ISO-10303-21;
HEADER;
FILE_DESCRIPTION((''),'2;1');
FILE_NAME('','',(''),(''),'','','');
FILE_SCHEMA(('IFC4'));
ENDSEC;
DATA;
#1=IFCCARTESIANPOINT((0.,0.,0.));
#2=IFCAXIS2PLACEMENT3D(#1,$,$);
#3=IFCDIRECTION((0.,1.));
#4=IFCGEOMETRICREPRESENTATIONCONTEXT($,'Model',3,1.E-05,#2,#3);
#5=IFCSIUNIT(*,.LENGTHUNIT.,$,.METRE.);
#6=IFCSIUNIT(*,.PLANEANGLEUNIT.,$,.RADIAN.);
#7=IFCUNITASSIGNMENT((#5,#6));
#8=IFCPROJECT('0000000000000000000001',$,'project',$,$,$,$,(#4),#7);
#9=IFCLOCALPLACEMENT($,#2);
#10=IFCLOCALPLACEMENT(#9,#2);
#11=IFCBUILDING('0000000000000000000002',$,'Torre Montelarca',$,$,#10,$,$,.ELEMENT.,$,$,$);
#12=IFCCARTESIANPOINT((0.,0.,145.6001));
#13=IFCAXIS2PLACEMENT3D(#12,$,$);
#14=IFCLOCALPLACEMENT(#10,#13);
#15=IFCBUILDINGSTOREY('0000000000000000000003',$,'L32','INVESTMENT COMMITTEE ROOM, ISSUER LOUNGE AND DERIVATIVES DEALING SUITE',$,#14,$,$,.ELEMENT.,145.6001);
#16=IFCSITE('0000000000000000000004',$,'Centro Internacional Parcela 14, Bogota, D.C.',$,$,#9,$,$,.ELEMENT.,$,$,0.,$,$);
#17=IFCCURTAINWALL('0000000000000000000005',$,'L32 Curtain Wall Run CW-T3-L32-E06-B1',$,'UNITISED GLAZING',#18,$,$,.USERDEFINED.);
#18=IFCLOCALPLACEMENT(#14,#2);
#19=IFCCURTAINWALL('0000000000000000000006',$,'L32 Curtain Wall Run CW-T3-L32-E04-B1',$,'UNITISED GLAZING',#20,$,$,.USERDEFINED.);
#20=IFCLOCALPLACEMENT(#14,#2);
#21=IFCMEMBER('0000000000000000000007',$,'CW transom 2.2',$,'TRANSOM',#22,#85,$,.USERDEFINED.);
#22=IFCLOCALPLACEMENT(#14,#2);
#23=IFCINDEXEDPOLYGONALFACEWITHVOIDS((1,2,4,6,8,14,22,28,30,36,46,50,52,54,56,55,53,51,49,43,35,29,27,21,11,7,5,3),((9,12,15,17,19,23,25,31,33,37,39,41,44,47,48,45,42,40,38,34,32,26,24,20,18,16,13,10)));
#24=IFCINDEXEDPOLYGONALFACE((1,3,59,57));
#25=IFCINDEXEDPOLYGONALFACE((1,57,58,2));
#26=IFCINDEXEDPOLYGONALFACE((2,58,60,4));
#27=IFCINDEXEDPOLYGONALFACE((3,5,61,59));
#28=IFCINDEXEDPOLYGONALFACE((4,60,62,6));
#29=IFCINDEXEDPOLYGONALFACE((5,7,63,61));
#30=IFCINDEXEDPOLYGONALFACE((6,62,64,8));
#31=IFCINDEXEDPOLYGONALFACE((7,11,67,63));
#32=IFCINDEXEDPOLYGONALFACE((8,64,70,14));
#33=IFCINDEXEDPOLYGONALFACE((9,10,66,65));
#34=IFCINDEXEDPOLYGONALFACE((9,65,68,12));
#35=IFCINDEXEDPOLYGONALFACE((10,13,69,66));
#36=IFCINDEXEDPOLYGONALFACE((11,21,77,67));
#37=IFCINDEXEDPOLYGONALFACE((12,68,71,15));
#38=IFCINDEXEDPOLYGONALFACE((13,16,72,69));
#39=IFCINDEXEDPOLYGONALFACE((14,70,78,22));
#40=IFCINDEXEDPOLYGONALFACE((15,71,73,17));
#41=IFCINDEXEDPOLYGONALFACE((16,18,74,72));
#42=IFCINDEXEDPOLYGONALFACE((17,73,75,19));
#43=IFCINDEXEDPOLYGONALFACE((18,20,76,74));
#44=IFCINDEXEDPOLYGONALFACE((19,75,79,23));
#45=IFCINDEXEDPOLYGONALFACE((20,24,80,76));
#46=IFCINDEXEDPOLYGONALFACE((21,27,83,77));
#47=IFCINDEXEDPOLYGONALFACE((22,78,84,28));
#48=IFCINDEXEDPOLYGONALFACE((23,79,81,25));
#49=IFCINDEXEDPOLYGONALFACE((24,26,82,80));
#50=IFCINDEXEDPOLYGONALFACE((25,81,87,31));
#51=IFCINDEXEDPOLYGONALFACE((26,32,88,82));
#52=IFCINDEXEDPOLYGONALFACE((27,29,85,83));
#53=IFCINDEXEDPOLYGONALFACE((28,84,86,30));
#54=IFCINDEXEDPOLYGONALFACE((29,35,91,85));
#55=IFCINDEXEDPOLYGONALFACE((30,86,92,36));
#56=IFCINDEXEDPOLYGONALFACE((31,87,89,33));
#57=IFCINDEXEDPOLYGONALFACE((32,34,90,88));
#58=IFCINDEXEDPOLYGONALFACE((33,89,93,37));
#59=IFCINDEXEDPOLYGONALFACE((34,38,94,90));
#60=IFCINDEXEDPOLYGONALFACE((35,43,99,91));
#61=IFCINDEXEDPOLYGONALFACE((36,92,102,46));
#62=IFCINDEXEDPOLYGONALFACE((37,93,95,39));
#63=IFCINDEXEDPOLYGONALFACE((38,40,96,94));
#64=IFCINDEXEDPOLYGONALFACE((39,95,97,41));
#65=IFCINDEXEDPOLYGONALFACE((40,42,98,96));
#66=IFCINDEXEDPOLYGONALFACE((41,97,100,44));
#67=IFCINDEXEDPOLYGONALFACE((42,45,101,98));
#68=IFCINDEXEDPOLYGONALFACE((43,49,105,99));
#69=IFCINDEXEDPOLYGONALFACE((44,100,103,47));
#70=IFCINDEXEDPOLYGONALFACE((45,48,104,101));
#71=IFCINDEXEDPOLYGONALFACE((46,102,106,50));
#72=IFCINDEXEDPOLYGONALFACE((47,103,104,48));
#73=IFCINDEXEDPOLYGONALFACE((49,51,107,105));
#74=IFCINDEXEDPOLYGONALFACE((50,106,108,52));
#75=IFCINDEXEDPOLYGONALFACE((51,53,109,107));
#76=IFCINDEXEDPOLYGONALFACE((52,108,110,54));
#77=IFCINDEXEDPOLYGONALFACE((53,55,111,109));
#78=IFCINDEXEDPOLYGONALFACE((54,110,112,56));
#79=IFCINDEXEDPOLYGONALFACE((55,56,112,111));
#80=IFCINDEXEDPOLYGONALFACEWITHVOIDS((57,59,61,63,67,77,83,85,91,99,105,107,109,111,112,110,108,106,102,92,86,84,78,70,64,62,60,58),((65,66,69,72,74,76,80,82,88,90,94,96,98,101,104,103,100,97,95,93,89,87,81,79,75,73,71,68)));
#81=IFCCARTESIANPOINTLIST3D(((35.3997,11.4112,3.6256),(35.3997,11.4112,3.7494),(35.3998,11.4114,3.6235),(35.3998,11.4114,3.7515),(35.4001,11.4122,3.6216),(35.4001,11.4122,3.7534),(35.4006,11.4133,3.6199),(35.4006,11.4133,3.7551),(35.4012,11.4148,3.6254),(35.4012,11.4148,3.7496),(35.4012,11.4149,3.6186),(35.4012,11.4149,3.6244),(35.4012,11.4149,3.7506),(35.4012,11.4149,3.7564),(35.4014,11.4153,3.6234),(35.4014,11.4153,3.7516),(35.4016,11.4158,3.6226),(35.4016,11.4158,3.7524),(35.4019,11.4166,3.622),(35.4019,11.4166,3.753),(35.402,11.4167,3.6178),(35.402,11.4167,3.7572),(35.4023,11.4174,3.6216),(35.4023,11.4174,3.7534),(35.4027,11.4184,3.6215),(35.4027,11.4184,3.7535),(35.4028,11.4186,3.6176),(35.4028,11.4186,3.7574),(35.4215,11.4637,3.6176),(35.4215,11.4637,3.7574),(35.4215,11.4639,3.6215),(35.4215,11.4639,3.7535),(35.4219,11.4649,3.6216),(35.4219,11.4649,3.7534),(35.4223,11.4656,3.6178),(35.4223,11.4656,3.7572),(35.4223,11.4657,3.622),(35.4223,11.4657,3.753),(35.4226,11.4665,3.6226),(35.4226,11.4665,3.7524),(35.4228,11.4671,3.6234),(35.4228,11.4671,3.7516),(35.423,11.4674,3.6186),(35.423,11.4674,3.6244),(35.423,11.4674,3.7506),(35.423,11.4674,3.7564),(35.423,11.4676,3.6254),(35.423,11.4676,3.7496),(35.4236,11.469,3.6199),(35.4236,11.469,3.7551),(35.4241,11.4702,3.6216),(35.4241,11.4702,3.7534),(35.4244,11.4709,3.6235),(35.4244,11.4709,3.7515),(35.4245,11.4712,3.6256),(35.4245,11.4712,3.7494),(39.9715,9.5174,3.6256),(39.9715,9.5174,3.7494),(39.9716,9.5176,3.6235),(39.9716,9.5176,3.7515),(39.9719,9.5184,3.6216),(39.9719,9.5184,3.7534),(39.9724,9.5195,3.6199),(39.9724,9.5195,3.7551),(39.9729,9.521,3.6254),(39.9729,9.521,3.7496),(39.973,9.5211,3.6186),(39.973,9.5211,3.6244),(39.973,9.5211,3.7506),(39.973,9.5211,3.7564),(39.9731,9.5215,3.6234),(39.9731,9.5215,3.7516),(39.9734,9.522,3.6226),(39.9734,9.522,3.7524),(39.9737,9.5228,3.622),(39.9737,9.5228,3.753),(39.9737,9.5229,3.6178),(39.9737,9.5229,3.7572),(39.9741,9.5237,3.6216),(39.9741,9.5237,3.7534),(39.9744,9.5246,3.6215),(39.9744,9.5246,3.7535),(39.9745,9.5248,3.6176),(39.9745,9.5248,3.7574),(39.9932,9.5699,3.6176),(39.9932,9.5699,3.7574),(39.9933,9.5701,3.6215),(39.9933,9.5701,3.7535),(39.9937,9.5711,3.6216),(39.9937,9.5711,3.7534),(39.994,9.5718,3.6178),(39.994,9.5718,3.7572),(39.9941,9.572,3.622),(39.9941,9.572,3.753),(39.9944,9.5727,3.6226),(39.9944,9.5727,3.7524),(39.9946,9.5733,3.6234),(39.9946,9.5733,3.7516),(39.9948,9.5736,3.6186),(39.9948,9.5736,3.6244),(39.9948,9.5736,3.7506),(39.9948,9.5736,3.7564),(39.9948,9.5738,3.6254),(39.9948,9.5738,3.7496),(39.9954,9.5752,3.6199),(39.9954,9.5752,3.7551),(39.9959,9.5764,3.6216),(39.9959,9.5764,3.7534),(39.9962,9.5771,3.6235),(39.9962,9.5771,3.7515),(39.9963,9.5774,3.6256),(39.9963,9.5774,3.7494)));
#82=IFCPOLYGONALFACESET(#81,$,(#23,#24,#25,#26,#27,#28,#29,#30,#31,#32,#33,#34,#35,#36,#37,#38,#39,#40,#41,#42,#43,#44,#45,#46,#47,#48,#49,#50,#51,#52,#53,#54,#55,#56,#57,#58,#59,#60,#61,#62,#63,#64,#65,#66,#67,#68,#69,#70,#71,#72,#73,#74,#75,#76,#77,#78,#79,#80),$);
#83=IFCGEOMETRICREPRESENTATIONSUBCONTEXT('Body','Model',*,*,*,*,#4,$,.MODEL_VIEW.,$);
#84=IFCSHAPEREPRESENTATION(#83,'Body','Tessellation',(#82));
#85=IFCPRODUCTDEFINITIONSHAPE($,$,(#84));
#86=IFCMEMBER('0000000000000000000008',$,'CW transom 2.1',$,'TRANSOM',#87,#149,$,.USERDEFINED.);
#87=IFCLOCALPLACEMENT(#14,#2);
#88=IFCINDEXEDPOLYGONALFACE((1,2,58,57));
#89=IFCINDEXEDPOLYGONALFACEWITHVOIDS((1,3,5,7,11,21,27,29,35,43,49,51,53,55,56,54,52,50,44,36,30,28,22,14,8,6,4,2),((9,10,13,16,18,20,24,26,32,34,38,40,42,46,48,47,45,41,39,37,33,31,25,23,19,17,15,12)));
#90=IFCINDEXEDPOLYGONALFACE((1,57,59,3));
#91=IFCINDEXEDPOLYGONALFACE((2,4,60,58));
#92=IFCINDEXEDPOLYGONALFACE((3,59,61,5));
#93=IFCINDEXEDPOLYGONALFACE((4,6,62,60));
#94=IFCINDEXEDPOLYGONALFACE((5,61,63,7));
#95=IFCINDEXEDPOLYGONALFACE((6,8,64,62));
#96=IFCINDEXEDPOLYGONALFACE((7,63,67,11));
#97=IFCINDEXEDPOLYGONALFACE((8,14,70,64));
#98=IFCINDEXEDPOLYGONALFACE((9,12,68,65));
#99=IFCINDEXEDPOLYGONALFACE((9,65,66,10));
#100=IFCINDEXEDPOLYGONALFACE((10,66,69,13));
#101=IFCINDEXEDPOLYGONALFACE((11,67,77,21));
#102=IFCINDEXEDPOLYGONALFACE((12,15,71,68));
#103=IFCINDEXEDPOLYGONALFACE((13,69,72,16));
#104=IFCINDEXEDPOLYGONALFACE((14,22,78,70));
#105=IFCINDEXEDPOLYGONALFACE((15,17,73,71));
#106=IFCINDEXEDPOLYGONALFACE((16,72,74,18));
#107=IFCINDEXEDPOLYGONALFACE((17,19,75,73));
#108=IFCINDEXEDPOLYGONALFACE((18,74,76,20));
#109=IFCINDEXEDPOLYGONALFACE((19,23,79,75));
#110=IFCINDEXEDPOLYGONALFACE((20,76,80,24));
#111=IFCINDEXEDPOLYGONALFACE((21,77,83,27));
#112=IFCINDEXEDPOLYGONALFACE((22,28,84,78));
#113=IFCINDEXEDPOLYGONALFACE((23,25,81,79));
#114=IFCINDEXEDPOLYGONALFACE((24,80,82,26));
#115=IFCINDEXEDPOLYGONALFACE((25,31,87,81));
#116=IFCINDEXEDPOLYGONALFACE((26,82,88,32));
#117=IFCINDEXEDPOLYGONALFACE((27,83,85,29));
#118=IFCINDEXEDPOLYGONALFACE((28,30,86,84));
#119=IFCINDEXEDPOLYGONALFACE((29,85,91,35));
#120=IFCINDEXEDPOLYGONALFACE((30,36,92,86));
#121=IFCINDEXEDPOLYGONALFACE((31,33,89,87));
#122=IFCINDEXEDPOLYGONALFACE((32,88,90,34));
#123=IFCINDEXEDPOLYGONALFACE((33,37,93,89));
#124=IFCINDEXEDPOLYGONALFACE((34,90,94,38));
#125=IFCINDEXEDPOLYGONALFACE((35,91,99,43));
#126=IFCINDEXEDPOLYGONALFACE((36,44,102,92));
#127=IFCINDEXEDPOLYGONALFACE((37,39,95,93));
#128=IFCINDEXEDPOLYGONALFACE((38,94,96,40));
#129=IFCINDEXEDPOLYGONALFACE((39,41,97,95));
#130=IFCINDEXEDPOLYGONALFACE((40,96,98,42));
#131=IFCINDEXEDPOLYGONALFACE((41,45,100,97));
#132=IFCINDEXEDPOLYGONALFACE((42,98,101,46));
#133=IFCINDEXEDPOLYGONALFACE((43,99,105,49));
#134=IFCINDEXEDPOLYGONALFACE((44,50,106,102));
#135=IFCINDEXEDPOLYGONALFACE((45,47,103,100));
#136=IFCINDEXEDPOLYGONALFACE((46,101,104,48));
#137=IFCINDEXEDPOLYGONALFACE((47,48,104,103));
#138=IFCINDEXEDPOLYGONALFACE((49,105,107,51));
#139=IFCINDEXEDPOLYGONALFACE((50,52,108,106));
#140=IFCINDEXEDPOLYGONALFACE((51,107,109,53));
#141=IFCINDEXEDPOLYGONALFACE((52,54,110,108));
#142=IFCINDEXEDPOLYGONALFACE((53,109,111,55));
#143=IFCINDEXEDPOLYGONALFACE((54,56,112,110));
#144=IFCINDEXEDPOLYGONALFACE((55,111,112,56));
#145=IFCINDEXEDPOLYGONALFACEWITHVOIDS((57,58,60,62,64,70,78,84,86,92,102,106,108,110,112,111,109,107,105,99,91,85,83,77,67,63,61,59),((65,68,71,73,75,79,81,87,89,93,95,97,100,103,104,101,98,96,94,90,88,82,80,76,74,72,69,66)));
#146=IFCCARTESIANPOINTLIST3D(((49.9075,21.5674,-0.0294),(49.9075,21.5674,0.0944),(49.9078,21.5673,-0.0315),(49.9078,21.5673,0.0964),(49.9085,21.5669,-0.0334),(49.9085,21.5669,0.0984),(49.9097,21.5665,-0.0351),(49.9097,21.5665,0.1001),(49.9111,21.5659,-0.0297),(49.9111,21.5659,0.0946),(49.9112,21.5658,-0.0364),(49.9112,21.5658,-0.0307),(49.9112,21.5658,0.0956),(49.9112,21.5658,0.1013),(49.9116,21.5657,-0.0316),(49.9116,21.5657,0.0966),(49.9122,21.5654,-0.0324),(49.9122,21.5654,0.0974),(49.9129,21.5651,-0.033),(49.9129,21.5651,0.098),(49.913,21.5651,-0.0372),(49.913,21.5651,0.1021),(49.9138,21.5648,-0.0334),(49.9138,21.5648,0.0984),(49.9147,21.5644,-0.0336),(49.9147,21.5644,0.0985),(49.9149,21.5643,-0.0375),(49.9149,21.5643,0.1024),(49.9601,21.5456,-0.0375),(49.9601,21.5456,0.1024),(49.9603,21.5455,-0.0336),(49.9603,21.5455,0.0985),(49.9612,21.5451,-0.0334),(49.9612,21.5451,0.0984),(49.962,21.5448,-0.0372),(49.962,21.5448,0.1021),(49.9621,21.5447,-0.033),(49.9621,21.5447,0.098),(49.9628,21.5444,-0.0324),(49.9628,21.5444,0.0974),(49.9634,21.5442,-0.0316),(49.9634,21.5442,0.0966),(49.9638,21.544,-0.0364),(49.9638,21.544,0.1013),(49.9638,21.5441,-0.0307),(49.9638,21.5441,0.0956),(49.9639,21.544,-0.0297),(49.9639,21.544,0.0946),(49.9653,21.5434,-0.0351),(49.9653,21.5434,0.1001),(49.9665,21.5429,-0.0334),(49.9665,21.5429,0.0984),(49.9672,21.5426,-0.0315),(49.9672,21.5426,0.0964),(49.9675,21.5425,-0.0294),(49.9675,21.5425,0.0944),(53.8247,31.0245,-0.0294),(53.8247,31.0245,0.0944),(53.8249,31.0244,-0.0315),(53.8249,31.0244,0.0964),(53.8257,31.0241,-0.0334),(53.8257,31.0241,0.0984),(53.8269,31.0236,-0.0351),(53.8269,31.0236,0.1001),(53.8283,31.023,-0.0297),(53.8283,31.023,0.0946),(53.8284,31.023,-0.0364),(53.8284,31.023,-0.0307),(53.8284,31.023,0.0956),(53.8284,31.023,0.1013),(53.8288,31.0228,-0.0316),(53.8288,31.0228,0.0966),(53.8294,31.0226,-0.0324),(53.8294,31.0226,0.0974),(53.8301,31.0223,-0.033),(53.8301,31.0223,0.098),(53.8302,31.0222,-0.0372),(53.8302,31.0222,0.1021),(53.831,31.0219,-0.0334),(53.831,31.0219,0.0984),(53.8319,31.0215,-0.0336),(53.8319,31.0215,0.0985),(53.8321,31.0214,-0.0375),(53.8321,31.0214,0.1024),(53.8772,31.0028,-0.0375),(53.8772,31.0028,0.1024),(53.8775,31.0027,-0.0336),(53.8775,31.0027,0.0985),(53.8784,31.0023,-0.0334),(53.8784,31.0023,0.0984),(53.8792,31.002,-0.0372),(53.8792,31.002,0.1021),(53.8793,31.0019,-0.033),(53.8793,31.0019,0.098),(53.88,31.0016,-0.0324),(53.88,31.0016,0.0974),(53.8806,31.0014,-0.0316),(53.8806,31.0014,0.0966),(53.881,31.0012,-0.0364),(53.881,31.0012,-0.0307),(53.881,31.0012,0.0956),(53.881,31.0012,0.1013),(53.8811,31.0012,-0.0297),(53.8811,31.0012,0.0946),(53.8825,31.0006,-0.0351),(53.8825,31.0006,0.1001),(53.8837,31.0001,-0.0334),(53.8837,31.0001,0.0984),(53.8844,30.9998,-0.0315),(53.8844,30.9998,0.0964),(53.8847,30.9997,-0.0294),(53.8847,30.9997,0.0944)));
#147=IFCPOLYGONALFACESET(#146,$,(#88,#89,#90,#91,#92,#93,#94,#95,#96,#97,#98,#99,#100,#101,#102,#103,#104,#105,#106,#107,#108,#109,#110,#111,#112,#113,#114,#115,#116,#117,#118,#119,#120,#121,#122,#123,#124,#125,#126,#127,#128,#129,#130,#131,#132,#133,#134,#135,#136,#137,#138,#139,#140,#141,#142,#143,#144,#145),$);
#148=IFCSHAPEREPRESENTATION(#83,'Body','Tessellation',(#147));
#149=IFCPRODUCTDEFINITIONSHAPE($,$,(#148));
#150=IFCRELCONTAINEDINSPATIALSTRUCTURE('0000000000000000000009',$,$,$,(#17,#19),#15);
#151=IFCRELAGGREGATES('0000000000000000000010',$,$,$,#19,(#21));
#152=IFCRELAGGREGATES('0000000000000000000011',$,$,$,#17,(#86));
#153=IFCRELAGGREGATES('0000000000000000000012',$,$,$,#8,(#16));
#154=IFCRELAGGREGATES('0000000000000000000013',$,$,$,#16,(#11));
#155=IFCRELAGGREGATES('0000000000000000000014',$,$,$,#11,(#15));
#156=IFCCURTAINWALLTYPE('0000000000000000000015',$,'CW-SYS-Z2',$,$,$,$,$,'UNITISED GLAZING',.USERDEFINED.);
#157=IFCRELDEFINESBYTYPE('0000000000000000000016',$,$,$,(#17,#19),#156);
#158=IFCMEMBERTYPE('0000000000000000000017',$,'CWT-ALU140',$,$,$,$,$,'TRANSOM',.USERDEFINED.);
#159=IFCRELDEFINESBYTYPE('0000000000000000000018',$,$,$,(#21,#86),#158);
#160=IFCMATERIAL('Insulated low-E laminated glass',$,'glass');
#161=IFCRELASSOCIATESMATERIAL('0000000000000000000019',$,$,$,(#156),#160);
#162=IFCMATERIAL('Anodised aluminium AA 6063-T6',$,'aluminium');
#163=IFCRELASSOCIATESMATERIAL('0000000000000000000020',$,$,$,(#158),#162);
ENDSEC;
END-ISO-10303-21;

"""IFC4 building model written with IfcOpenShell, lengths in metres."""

from ifc_helpers import new_model, si_unit, direction, frame, origin, origin_2d, place, context, subcontext, project, spatial, hollow_rectangle, extrude, source, transform, mapped, material, material_profile, profile_set, type_object, element, aggregate, save


model = new_model("IFC4")

# Units and contexts
model_context = context("Model", 3, precision=1e-05, world=origin(), true_north=direction((0.0, 1.0)))
body_context = subcontext(model_context, "Body", "Model", "MODEL_VIEW")
ifc_project = project(units=[si_unit("LENGTHUNIT", "METRE"), si_unit("PLANEANGLEUNIT", "RADIAN")], contexts=[model_context])

# Site, building, storey
site_placement = place(None, origin())
site = spatial("IfcSite", under=ifc_project, at=site_placement, Name="Centro Internacional Parcela 14, Bogota, D.C.", CompositionType="ELEMENT", RefElevation=0.0)
building_placement = place(site_placement, origin())
building = spatial("IfcBuilding", under=site, at=building_placement, Name="Torre Montelarca", CompositionType="ELEMENT")
storey_placement = place(building_placement, frame((0.0, 0.0, 145.6001)))
storey = spatial("IfcBuildingStorey", under=building, at=storey_placement, Name="L32", Description="INVESTMENT COMMITTEE ROOM, ISSUER LOUNGE AND DERIVATIVES DEALING SUITE", CompositionType="ELEMENT", Elevation=145.6001)

# Curtain walls
ifc_material_1 = material(Name="Insulated low-E laminated glass", Category="glass")
curtain_wall_type = type_object("IfcCurtainWallType", Name="CW-SYS-Z2", ElementType="UNITISED GLAZING", PredefinedType="USERDEFINED", material=ifc_material_1)
ifc_material_2 = material(Name="Anodised aluminium AA 6063-T6", Category="aluminium")
ifc_material_profile_1 = material_profile(ifc_material_2, hollow_rectangle(XDim=0.0649, YDim=0.1399, WallThickness=0.0039, InnerFilletRadius=0.0039, OuterFilletRadius=0.0081, at=origin_2d()), Name="ALU65X140X4", Category="aluminium")
ifc_profile_set_1 = profile_set([ifc_material_profile_1], Name="Anodised aluminium AA 6063-T6")
member_type_1 = type_object("IfcMemberType", Name="CWT-ALU140", ElementType="TRANSOM", PredefinedType="USERDEFINED", material=ifc_profile_set_1)
curtain_wall_1_placement = place(storey_placement, origin())
curtain_wall_1 = element("IfcCurtainWall", 1, at=curtain_wall_1_placement, inside=storey, type_object=curtain_wall_type, Name="L32 Curtain Wall Run CW-T3-L32-E06-B1", ObjectType="UNITISED GLAZING", PredefinedType="USERDEFINED")
curtain_wall_2_placement = place(storey_placement, origin())
curtain_wall_2 = element("IfcCurtainWall", 2, at=curtain_wall_2_placement, inside=storey, type_object=curtain_wall_type, Name="L32 Curtain Wall Run CW-T3-L32-E04-B1", ObjectType="UNITISED GLAZING", PredefinedType="USERDEFINED")

# Members
shared_shape_1 = source(origin(), body_context, "Body", "SweptSolid", [
    extrude(hollow_rectangle(XDim=0.0649, YDim=0.1399, WallThickness=0.0039, InnerFilletRadius=0.0039, OuterFilletRadius=0.0081, at=origin_2d()), origin(), (0.0, 0.0, 1.0), 4.9485),
])
member_1_placement = place(storey_placement, frame((35.4121, 11.4412, 3.6875), z_axis=(0.923872, -0.382702, 0.0), x_axis=(0.382702, 0.923872, 0.0)))
member_1 = element("IfcMember", 3, at=member_1_placement, type_object=member_type_1, Name="CW transom 2.2", ObjectType="TRANSOM", PredefinedType="USERDEFINED", context=body_context, shape_type="MappedRepresentation", body=[
    mapped(shared_shape_1, transform((0.0, 0.0, 0.0), scale=1.0)),
])
shared_shape_2 = source(origin(), body_context, "Body", "SweptSolid", [
    extrude(hollow_rectangle(XDim=0.0649, YDim=0.1399, WallThickness=0.0039, InnerFilletRadius=0.0039, OuterFilletRadius=0.0081, at=origin_2d()), origin(), (0.0, 0.0, 1.0), 10.2363),
])
member_2_placement = place(storey_placement, frame((49.9375, 21.5549, 0.0325), z_axis=(0.382675, 0.923883, 0.0), x_axis=(-0.923883, 0.382675, 0.0)))
member_2 = element("IfcMember", 4, at=member_2_placement, type_object=member_type_1, Name="CW transom 2.1", ObjectType="TRANSOM", PredefinedType="USERDEFINED", context=body_context, shape_type="MappedRepresentation", body=[
    mapped(shared_shape_2, transform((0.0, 0.0, 0.0), scale=1.0)),
])

aggregate(curtain_wall_2, [member_1])
aggregate(curtain_wall_1, [member_2])

save(model, "model.ifc")
